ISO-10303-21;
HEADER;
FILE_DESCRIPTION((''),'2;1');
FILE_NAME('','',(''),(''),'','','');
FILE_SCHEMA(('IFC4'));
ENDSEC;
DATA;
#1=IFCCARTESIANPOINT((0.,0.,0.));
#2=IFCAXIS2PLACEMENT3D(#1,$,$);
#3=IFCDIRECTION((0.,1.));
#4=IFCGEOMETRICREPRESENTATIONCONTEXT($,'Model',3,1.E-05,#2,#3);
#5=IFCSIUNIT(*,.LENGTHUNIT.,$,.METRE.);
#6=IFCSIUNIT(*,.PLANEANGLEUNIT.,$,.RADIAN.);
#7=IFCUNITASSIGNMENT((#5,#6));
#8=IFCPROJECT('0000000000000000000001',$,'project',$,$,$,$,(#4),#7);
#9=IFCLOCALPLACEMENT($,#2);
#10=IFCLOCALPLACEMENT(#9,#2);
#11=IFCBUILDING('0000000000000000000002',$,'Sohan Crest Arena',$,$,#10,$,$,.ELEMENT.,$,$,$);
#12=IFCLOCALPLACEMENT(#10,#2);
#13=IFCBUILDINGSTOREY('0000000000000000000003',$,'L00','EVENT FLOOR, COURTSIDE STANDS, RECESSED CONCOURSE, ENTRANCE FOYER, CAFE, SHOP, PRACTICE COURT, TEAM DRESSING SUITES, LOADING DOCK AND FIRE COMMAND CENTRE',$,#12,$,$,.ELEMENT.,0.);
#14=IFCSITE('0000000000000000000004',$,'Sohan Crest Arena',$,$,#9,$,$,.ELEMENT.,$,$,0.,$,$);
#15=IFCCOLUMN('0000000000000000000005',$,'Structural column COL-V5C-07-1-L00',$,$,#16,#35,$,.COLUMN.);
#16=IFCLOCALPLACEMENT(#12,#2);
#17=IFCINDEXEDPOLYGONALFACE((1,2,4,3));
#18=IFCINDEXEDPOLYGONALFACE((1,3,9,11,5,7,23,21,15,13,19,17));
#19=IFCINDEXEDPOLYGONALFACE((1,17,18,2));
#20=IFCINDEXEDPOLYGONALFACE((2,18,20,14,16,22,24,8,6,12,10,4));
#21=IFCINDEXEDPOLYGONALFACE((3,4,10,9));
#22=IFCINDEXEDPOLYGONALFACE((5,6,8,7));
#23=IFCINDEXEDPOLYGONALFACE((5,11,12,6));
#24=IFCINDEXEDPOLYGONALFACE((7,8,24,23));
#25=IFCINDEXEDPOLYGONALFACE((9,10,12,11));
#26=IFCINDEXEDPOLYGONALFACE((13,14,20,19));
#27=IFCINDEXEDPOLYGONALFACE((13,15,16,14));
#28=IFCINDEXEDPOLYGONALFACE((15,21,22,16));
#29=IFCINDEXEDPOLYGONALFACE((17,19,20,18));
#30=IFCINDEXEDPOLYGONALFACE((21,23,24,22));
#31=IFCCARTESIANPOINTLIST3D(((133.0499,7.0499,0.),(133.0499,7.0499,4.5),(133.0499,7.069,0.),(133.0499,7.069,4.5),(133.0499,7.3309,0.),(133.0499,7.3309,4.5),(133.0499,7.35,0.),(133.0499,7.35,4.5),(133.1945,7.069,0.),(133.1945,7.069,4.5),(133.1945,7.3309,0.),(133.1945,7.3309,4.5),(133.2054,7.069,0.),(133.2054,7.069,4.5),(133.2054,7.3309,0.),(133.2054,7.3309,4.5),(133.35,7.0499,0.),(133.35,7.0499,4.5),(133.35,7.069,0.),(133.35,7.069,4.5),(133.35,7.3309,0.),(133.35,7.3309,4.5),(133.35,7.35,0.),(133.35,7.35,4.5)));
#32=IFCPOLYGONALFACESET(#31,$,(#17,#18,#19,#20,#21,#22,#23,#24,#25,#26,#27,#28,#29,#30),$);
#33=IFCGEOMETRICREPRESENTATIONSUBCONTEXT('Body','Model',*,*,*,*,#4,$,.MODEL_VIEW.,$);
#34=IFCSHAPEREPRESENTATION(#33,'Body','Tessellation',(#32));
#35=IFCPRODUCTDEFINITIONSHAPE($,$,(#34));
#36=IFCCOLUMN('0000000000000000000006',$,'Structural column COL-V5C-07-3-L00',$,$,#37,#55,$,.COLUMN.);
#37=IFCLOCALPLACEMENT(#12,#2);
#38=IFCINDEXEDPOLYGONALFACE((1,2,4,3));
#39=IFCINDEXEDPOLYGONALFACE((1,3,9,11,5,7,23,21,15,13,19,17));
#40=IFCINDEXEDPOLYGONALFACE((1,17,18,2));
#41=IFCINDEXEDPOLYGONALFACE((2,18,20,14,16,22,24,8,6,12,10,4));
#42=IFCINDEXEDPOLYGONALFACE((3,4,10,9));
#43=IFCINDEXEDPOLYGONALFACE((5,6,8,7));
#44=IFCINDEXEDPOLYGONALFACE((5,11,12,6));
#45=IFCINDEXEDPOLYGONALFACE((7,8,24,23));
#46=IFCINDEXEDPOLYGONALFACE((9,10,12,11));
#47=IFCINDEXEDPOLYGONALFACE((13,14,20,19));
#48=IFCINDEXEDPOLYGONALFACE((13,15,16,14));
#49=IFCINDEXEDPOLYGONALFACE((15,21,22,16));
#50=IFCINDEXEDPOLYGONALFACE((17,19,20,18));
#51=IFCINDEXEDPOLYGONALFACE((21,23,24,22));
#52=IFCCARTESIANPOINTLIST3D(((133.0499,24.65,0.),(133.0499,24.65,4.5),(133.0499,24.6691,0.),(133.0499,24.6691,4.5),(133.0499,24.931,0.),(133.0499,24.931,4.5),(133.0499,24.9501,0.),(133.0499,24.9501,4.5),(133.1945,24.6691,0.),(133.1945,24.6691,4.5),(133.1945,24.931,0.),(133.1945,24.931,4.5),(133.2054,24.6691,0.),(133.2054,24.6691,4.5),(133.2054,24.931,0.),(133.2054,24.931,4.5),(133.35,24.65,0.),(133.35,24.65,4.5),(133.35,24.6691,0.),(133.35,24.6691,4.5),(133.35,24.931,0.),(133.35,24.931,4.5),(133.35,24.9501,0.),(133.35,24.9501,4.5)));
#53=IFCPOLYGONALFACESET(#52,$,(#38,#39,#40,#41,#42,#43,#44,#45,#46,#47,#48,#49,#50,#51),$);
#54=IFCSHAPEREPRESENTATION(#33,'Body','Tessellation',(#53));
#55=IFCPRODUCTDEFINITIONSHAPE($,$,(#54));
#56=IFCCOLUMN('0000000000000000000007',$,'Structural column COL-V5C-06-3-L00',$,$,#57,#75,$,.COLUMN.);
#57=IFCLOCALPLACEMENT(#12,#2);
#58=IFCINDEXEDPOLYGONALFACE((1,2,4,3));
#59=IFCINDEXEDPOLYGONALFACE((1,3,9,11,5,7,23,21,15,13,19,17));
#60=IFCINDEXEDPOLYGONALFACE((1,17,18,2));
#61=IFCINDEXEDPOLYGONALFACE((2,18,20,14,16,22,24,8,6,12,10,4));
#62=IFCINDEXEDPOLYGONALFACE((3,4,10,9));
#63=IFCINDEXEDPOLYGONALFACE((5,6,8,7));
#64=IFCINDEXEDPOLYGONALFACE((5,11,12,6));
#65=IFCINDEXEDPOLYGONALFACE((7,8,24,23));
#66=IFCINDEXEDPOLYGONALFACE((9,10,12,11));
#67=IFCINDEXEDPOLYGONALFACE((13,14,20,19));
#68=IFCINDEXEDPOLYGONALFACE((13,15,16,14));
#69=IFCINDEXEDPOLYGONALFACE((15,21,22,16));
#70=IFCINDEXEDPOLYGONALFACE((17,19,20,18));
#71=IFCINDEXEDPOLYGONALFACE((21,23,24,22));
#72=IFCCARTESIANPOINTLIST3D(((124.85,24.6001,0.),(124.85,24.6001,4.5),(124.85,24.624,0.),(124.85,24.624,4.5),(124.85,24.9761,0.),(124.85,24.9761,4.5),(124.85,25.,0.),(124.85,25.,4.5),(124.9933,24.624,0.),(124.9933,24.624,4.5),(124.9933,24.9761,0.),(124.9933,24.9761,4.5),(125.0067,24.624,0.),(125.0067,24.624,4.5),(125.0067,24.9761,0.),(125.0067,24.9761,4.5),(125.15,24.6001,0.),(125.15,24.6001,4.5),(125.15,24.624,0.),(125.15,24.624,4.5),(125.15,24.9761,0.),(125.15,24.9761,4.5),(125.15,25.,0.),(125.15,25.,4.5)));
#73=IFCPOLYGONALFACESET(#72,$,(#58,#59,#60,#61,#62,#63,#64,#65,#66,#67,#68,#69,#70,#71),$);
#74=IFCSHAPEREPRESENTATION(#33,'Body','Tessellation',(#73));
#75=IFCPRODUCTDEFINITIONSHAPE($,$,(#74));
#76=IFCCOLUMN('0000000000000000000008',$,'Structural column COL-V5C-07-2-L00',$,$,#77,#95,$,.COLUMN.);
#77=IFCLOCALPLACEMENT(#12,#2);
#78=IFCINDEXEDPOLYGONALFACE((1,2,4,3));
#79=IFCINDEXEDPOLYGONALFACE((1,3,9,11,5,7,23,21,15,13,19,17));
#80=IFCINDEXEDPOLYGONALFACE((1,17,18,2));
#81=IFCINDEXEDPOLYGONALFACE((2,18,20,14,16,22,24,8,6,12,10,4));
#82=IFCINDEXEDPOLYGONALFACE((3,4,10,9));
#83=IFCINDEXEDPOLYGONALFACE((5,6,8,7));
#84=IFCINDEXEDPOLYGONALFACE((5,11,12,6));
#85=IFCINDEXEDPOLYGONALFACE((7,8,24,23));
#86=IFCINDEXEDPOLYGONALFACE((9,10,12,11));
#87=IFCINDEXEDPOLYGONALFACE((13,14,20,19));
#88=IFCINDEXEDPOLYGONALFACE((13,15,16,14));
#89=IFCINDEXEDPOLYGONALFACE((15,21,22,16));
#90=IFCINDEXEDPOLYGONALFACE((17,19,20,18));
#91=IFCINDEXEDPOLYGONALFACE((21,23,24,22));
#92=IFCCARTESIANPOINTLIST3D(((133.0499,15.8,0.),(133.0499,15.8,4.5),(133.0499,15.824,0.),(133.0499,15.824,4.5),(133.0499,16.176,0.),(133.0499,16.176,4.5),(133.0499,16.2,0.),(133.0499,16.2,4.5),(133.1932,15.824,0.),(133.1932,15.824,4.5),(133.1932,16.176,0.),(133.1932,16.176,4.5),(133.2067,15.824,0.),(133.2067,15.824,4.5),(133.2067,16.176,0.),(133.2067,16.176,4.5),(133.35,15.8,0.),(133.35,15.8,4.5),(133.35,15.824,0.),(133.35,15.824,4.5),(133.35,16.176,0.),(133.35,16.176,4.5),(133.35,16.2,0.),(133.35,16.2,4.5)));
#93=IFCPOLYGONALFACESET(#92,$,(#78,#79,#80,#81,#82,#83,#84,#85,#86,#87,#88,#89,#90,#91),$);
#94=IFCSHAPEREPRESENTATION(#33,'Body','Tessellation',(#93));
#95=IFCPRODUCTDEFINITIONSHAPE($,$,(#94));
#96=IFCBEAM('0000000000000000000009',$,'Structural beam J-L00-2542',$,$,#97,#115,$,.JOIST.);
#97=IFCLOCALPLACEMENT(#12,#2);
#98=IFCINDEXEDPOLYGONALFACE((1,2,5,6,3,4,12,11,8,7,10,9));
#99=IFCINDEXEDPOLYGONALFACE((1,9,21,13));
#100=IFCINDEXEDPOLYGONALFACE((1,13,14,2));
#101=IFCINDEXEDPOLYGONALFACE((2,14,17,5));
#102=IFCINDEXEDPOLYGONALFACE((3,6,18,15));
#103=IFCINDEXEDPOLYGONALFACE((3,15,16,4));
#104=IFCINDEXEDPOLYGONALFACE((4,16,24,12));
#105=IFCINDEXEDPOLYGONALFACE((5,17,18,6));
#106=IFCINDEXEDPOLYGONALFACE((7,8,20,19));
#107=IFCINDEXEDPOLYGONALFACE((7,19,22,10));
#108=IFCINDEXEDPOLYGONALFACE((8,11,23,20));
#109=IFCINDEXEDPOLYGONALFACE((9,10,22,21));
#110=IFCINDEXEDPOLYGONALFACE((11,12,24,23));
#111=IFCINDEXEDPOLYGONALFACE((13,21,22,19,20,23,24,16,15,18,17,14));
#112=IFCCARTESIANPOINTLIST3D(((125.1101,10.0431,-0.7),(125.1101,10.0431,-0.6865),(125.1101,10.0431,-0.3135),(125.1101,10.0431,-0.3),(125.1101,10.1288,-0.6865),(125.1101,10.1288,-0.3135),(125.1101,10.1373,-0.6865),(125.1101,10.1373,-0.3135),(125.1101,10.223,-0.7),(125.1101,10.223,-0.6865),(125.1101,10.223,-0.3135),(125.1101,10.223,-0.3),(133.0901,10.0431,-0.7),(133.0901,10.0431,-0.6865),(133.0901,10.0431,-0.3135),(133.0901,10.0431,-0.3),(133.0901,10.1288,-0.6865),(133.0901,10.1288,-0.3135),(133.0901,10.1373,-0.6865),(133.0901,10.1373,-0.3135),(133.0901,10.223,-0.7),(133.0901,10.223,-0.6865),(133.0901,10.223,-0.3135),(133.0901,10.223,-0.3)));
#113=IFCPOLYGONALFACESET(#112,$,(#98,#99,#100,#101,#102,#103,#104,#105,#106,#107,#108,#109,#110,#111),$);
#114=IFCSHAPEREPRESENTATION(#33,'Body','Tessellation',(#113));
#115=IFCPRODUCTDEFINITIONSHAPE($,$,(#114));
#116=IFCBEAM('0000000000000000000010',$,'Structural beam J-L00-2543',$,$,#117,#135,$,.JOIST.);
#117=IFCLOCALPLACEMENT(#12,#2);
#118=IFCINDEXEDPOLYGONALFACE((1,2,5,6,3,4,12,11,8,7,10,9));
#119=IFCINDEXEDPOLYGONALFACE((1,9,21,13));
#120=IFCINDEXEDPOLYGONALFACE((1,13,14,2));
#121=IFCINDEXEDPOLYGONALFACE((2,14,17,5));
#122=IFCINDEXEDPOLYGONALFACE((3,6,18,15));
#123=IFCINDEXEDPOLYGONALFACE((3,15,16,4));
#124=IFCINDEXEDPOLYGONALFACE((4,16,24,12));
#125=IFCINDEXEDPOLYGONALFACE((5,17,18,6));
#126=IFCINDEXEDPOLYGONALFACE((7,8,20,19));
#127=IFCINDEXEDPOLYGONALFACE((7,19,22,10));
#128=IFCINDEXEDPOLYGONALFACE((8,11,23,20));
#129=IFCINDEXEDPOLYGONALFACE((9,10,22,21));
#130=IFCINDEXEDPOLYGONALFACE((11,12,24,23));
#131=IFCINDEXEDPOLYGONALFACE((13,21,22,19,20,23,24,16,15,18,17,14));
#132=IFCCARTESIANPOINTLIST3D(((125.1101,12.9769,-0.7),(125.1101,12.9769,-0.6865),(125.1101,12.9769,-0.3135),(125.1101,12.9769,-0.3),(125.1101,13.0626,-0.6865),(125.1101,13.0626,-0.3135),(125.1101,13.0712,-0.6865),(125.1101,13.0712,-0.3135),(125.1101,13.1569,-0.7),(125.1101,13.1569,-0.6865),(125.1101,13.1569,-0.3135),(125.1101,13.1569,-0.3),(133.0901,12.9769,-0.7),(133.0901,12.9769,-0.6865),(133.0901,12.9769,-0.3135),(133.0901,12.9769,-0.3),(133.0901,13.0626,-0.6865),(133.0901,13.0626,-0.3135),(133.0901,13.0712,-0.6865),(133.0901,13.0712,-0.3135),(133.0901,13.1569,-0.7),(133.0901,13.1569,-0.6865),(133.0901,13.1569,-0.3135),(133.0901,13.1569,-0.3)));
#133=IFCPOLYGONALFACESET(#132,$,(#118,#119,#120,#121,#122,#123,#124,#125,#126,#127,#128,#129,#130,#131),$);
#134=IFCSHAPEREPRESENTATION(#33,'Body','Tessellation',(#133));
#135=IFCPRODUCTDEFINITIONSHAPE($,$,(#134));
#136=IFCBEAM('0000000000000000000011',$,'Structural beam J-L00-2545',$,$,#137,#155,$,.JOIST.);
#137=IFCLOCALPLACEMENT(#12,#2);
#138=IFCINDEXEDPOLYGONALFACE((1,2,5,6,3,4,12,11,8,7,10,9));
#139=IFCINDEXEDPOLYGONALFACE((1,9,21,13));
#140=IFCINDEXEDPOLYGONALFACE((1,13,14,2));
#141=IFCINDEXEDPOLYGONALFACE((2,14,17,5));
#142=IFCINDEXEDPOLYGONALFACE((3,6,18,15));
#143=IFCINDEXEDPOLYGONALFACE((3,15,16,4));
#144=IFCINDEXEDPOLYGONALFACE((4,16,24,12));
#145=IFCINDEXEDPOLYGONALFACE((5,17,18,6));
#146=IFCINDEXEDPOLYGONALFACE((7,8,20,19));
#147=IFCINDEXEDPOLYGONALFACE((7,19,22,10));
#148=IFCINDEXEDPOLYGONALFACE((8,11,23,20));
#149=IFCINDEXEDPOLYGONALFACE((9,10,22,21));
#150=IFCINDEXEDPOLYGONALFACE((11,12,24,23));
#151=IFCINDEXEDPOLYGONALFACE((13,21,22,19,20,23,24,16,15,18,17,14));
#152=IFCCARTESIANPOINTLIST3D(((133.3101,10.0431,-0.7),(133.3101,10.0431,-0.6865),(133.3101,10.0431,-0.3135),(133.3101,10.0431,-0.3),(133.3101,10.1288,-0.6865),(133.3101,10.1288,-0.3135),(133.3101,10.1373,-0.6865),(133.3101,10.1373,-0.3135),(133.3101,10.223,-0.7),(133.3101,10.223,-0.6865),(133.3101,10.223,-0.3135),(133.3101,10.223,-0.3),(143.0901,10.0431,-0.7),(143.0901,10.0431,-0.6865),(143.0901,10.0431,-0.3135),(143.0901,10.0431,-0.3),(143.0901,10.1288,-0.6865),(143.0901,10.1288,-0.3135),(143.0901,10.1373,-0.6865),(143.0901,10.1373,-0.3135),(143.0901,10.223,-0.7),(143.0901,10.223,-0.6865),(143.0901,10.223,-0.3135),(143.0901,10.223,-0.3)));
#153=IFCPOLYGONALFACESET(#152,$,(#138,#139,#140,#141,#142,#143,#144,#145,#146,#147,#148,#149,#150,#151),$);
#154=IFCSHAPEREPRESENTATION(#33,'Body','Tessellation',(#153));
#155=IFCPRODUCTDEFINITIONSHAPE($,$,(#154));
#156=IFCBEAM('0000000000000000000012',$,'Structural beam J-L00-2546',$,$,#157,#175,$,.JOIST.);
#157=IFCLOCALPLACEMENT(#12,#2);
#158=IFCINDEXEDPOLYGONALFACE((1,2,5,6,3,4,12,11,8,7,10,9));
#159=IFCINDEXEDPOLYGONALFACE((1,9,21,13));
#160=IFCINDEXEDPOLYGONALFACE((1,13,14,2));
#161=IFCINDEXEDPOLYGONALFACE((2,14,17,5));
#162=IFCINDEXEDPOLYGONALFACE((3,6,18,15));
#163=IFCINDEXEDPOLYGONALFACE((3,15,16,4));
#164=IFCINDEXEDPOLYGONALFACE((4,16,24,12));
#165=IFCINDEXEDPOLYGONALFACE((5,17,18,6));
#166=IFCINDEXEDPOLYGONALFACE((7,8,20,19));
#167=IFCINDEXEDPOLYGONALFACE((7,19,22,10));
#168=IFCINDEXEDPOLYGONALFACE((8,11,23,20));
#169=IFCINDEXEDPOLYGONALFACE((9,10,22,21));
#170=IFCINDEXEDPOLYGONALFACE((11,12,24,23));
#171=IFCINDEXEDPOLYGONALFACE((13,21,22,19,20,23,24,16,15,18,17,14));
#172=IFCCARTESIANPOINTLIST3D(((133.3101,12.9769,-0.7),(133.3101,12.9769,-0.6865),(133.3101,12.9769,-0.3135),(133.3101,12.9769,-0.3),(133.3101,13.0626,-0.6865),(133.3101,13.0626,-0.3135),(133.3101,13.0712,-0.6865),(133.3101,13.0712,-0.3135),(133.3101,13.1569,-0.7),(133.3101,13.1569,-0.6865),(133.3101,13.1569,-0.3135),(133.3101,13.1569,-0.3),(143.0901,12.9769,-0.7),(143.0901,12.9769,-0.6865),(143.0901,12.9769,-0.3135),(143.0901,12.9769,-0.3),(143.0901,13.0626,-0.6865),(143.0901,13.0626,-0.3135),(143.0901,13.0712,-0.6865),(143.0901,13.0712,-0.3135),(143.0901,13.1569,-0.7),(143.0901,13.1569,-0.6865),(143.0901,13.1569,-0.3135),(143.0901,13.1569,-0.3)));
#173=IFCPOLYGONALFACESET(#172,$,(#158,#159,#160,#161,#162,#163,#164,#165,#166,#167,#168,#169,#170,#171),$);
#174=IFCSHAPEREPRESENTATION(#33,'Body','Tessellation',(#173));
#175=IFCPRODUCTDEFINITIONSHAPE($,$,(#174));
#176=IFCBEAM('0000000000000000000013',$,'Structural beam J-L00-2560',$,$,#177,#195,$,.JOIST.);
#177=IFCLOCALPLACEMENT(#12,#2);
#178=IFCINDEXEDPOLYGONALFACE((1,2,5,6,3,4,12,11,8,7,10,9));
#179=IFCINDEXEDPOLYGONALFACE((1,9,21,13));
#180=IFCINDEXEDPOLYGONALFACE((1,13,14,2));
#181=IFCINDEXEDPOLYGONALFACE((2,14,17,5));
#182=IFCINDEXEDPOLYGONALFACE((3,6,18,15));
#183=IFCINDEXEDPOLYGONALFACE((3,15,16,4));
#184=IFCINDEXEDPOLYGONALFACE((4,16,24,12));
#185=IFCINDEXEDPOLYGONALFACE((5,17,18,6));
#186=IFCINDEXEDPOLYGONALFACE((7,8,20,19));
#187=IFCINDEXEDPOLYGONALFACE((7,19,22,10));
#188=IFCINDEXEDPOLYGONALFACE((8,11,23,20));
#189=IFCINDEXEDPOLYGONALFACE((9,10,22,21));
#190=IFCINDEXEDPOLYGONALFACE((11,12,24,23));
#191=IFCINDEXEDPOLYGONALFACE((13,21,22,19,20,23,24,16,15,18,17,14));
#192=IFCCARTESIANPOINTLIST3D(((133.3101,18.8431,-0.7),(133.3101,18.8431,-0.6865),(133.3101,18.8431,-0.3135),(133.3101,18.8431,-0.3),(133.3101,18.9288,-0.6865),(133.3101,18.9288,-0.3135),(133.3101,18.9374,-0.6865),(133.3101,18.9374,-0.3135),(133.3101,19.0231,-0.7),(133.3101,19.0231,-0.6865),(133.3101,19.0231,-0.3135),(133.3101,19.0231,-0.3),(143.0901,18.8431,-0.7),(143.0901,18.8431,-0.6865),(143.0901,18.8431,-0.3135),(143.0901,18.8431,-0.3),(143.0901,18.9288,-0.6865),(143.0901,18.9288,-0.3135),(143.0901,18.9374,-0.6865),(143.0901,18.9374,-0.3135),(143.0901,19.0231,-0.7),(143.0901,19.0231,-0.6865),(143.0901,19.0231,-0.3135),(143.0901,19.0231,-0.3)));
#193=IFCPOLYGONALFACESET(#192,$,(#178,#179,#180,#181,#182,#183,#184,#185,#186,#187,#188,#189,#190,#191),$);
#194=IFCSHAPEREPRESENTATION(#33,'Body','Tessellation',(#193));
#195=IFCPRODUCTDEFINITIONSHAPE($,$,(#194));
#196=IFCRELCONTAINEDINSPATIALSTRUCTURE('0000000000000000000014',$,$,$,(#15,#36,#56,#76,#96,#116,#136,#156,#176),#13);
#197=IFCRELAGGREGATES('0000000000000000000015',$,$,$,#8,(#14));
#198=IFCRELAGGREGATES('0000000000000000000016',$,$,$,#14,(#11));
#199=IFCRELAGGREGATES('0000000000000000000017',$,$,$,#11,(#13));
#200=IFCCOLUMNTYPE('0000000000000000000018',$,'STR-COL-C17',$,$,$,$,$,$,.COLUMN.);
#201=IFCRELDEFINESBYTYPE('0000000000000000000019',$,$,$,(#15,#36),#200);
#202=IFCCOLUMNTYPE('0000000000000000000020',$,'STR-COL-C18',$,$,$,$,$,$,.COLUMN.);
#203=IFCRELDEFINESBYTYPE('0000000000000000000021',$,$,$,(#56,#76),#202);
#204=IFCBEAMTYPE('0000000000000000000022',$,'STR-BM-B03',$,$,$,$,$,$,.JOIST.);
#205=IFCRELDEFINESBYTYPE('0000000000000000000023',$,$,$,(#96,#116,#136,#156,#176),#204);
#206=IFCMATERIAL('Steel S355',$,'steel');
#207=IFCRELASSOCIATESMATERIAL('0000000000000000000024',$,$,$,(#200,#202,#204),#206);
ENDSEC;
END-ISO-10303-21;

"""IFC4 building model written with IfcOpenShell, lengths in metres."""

from ifc_helpers import new_model, si_unit, direction, frame, origin, origin_2d, place, context, subcontext, project, spatial, i_section, extrude, material, material_profile, profile_set, type_object, element, save


model = new_model("IFC4")

# Units and contexts
model_context = context("Model", 3, precision=1e-05, world=origin(), true_north=direction((0.0, 1.0)))
body_context = subcontext(model_context, "Body", "Model", "MODEL_VIEW")
ifc_project = project(units=[si_unit("LENGTHUNIT", "METRE"), si_unit("PLANEANGLEUNIT", "RADIAN")], contexts=[model_context])

# Site, building, storey
site_placement = place(None, origin())
site = spatial("IfcSite", under=ifc_project, at=site_placement, Name="Sohan Crest Arena", CompositionType="ELEMENT", RefElevation=0.0)
building_placement = place(site_placement, origin())
building = spatial("IfcBuilding", under=site, at=building_placement, Name="Sohan Crest Arena", CompositionType="ELEMENT")
storey_placement = place(building_placement, origin())
storey = spatial("IfcBuildingStorey", under=building, at=storey_placement, Name="L00", Description="EVENT FLOOR, COURTSIDE STANDS, RECESSED CONCOURSE, ENTRANCE FOYER, CAFE, SHOP, PRACTICE COURT, TEAM DRESSING SUITES, LOADING DOCK AND FIRE COMMAND CENTRE", CompositionType="ELEMENT", Elevation=0.0)

# Columns
ifc_material_1 = material(Name="Steel S355", Category="steel")
ifc_material_profile_1 = material_profile(ifc_material_1, i_section(OverallWidth=0.3, OverallDepth=0.3, WebThickness=0.011, FlangeThickness=0.019, at=origin_2d()), Name="HEB 300")
ifc_profile_set_1 = profile_set([ifc_material_profile_1], Name="Steel S355")
column_type_1 = type_object("IfcColumnType", Name="STR-COL-C17", PredefinedType="COLUMN", material=ifc_profile_set_1)
for number, where, z_axis, x_axis, name in (
    (1, (133.2, 7.2, 0.0), (0.0, 0.0, 1.0), (1.0, 0.0, 0.0), "Structural column COL-V5C-07-1-L00"),
    (2, (133.2, 24.8, 0.0), (0.0, 0.0, 1.0), (1.0, 0.0, 0.0), "Structural column COL-V5C-07-3-L00"),
):
    element("IfcColumn", number, at=place(storey_placement, frame(where, z_axis=z_axis, x_axis=x_axis)), inside=storey, type_object=column_type_1, Name=name, PredefinedType="COLUMN", context=body_context, shape_type="SweptSolid", body=[
        extrude(i_section(OverallWidth=0.3, OverallDepth=0.3, WebThickness=0.011, FlangeThickness=0.019, at=origin_2d()), origin(), (0.0, 0.0, 1.0), 4.5),
    ])
ifc_material_profile_2 = material_profile(ifc_material_1, i_section(OverallWidth=0.3, OverallDepth=0.3999, WebThickness=0.0134, FlangeThickness=0.0239, at=origin_2d()), Name="HEB 400")
ifc_profile_set_2 = profile_set([ifc_material_profile_2], Name="Steel S355")
column_type_2 = type_object("IfcColumnType", Name="STR-COL-C18", PredefinedType="COLUMN", material=ifc_profile_set_2)
for number, where, z_axis, x_axis, name in (
    (3, (125.0, 24.8, 0.0), (0.0, 0.0, 1.0), (1.0, 0.0, 0.0), "Structural column COL-V5C-06-3-L00"),
    (4, (133.2, 16.0, 0.0), (0.0, 0.0, 1.0), (1.0, 0.0, 0.0), "Structural column COL-V5C-07-2-L00"),
):
    element("IfcColumn", number, at=place(storey_placement, frame(where, z_axis=z_axis, x_axis=x_axis)), inside=storey, type_object=column_type_2, Name=name, PredefinedType="COLUMN", context=body_context, shape_type="SweptSolid", body=[
        extrude(i_section(OverallWidth=0.3, OverallDepth=0.3999, WebThickness=0.0134, FlangeThickness=0.0239, at=origin_2d()), origin(), (0.0, 0.0, 1.0), 4.5),
    ])

# Beams
ifc_material_profile_3 = material_profile(ifc_material_1, i_section(OverallWidth=0.1799, OverallDepth=0.3999, WebThickness=0.0085, FlangeThickness=0.0134, at=origin_2d()), Name="IPE 400")
ifc_profile_set_3 = profile_set([ifc_material_profile_3], Name="Steel S355")
beam_type_1 = type_object("IfcBeamType", Name="STR-BM-B03", PredefinedType="JOIST", material=ifc_profile_set_3)
for number, where, z_axis, x_axis, name in (
    (5, (125.1101, 10.1331, -0.5), (1.0, 0.0, 0.0), (0.0, 1.0, 0.0), "Structural beam J-L00-2542"),
    (6, (125.1101, 13.0669, -0.5), (1.0, 0.0, 0.0), (0.0, 1.0, 0.0), "Structural beam J-L00-2543"),
):
    element("IfcBeam", number, at=place(storey_placement, frame(where, z_axis=z_axis, x_axis=x_axis)), inside=storey, type_object=beam_type_1, Name=name, PredefinedType="JOIST", context=body_context, shape_type="SweptSolid", body=[
        extrude(i_section(OverallWidth=0.1799, OverallDepth=0.3999, WebThickness=0.0085, FlangeThickness=0.0134, at=origin_2d()), origin(), (0.0, 0.0, 1.0), 7.98),
    ])
for number, where, z_axis, x_axis, name in (
    (7, (133.3101, 10.1331, -0.5), (1.0, 0.0, 0.0), (0.0, 1.0, 0.0), "Structural beam J-L00-2545"),
    (8, (133.3101, 13.0669, -0.5), (1.0, 0.0, 0.0), (0.0, 1.0, 0.0), "Structural beam J-L00-2546"),
    (9, (133.3101, 18.9331, -0.5), (1.0, 0.0, 0.0), (0.0, 1.0, 0.0), "Structural beam J-L00-2560"),
):
    element("IfcBeam", number, at=place(storey_placement, frame(where, z_axis=z_axis, x_axis=x_axis)), inside=storey, type_object=beam_type_1, Name=name, PredefinedType="JOIST", context=body_context, shape_type="SweptSolid", body=[
        extrude(i_section(OverallWidth=0.1799, OverallDepth=0.3999, WebThickness=0.0085, FlangeThickness=0.0134, at=origin_2d()), origin(), (0.0, 0.0, 1.0), 9.78),
    ])

save(model, "model.ifc")
